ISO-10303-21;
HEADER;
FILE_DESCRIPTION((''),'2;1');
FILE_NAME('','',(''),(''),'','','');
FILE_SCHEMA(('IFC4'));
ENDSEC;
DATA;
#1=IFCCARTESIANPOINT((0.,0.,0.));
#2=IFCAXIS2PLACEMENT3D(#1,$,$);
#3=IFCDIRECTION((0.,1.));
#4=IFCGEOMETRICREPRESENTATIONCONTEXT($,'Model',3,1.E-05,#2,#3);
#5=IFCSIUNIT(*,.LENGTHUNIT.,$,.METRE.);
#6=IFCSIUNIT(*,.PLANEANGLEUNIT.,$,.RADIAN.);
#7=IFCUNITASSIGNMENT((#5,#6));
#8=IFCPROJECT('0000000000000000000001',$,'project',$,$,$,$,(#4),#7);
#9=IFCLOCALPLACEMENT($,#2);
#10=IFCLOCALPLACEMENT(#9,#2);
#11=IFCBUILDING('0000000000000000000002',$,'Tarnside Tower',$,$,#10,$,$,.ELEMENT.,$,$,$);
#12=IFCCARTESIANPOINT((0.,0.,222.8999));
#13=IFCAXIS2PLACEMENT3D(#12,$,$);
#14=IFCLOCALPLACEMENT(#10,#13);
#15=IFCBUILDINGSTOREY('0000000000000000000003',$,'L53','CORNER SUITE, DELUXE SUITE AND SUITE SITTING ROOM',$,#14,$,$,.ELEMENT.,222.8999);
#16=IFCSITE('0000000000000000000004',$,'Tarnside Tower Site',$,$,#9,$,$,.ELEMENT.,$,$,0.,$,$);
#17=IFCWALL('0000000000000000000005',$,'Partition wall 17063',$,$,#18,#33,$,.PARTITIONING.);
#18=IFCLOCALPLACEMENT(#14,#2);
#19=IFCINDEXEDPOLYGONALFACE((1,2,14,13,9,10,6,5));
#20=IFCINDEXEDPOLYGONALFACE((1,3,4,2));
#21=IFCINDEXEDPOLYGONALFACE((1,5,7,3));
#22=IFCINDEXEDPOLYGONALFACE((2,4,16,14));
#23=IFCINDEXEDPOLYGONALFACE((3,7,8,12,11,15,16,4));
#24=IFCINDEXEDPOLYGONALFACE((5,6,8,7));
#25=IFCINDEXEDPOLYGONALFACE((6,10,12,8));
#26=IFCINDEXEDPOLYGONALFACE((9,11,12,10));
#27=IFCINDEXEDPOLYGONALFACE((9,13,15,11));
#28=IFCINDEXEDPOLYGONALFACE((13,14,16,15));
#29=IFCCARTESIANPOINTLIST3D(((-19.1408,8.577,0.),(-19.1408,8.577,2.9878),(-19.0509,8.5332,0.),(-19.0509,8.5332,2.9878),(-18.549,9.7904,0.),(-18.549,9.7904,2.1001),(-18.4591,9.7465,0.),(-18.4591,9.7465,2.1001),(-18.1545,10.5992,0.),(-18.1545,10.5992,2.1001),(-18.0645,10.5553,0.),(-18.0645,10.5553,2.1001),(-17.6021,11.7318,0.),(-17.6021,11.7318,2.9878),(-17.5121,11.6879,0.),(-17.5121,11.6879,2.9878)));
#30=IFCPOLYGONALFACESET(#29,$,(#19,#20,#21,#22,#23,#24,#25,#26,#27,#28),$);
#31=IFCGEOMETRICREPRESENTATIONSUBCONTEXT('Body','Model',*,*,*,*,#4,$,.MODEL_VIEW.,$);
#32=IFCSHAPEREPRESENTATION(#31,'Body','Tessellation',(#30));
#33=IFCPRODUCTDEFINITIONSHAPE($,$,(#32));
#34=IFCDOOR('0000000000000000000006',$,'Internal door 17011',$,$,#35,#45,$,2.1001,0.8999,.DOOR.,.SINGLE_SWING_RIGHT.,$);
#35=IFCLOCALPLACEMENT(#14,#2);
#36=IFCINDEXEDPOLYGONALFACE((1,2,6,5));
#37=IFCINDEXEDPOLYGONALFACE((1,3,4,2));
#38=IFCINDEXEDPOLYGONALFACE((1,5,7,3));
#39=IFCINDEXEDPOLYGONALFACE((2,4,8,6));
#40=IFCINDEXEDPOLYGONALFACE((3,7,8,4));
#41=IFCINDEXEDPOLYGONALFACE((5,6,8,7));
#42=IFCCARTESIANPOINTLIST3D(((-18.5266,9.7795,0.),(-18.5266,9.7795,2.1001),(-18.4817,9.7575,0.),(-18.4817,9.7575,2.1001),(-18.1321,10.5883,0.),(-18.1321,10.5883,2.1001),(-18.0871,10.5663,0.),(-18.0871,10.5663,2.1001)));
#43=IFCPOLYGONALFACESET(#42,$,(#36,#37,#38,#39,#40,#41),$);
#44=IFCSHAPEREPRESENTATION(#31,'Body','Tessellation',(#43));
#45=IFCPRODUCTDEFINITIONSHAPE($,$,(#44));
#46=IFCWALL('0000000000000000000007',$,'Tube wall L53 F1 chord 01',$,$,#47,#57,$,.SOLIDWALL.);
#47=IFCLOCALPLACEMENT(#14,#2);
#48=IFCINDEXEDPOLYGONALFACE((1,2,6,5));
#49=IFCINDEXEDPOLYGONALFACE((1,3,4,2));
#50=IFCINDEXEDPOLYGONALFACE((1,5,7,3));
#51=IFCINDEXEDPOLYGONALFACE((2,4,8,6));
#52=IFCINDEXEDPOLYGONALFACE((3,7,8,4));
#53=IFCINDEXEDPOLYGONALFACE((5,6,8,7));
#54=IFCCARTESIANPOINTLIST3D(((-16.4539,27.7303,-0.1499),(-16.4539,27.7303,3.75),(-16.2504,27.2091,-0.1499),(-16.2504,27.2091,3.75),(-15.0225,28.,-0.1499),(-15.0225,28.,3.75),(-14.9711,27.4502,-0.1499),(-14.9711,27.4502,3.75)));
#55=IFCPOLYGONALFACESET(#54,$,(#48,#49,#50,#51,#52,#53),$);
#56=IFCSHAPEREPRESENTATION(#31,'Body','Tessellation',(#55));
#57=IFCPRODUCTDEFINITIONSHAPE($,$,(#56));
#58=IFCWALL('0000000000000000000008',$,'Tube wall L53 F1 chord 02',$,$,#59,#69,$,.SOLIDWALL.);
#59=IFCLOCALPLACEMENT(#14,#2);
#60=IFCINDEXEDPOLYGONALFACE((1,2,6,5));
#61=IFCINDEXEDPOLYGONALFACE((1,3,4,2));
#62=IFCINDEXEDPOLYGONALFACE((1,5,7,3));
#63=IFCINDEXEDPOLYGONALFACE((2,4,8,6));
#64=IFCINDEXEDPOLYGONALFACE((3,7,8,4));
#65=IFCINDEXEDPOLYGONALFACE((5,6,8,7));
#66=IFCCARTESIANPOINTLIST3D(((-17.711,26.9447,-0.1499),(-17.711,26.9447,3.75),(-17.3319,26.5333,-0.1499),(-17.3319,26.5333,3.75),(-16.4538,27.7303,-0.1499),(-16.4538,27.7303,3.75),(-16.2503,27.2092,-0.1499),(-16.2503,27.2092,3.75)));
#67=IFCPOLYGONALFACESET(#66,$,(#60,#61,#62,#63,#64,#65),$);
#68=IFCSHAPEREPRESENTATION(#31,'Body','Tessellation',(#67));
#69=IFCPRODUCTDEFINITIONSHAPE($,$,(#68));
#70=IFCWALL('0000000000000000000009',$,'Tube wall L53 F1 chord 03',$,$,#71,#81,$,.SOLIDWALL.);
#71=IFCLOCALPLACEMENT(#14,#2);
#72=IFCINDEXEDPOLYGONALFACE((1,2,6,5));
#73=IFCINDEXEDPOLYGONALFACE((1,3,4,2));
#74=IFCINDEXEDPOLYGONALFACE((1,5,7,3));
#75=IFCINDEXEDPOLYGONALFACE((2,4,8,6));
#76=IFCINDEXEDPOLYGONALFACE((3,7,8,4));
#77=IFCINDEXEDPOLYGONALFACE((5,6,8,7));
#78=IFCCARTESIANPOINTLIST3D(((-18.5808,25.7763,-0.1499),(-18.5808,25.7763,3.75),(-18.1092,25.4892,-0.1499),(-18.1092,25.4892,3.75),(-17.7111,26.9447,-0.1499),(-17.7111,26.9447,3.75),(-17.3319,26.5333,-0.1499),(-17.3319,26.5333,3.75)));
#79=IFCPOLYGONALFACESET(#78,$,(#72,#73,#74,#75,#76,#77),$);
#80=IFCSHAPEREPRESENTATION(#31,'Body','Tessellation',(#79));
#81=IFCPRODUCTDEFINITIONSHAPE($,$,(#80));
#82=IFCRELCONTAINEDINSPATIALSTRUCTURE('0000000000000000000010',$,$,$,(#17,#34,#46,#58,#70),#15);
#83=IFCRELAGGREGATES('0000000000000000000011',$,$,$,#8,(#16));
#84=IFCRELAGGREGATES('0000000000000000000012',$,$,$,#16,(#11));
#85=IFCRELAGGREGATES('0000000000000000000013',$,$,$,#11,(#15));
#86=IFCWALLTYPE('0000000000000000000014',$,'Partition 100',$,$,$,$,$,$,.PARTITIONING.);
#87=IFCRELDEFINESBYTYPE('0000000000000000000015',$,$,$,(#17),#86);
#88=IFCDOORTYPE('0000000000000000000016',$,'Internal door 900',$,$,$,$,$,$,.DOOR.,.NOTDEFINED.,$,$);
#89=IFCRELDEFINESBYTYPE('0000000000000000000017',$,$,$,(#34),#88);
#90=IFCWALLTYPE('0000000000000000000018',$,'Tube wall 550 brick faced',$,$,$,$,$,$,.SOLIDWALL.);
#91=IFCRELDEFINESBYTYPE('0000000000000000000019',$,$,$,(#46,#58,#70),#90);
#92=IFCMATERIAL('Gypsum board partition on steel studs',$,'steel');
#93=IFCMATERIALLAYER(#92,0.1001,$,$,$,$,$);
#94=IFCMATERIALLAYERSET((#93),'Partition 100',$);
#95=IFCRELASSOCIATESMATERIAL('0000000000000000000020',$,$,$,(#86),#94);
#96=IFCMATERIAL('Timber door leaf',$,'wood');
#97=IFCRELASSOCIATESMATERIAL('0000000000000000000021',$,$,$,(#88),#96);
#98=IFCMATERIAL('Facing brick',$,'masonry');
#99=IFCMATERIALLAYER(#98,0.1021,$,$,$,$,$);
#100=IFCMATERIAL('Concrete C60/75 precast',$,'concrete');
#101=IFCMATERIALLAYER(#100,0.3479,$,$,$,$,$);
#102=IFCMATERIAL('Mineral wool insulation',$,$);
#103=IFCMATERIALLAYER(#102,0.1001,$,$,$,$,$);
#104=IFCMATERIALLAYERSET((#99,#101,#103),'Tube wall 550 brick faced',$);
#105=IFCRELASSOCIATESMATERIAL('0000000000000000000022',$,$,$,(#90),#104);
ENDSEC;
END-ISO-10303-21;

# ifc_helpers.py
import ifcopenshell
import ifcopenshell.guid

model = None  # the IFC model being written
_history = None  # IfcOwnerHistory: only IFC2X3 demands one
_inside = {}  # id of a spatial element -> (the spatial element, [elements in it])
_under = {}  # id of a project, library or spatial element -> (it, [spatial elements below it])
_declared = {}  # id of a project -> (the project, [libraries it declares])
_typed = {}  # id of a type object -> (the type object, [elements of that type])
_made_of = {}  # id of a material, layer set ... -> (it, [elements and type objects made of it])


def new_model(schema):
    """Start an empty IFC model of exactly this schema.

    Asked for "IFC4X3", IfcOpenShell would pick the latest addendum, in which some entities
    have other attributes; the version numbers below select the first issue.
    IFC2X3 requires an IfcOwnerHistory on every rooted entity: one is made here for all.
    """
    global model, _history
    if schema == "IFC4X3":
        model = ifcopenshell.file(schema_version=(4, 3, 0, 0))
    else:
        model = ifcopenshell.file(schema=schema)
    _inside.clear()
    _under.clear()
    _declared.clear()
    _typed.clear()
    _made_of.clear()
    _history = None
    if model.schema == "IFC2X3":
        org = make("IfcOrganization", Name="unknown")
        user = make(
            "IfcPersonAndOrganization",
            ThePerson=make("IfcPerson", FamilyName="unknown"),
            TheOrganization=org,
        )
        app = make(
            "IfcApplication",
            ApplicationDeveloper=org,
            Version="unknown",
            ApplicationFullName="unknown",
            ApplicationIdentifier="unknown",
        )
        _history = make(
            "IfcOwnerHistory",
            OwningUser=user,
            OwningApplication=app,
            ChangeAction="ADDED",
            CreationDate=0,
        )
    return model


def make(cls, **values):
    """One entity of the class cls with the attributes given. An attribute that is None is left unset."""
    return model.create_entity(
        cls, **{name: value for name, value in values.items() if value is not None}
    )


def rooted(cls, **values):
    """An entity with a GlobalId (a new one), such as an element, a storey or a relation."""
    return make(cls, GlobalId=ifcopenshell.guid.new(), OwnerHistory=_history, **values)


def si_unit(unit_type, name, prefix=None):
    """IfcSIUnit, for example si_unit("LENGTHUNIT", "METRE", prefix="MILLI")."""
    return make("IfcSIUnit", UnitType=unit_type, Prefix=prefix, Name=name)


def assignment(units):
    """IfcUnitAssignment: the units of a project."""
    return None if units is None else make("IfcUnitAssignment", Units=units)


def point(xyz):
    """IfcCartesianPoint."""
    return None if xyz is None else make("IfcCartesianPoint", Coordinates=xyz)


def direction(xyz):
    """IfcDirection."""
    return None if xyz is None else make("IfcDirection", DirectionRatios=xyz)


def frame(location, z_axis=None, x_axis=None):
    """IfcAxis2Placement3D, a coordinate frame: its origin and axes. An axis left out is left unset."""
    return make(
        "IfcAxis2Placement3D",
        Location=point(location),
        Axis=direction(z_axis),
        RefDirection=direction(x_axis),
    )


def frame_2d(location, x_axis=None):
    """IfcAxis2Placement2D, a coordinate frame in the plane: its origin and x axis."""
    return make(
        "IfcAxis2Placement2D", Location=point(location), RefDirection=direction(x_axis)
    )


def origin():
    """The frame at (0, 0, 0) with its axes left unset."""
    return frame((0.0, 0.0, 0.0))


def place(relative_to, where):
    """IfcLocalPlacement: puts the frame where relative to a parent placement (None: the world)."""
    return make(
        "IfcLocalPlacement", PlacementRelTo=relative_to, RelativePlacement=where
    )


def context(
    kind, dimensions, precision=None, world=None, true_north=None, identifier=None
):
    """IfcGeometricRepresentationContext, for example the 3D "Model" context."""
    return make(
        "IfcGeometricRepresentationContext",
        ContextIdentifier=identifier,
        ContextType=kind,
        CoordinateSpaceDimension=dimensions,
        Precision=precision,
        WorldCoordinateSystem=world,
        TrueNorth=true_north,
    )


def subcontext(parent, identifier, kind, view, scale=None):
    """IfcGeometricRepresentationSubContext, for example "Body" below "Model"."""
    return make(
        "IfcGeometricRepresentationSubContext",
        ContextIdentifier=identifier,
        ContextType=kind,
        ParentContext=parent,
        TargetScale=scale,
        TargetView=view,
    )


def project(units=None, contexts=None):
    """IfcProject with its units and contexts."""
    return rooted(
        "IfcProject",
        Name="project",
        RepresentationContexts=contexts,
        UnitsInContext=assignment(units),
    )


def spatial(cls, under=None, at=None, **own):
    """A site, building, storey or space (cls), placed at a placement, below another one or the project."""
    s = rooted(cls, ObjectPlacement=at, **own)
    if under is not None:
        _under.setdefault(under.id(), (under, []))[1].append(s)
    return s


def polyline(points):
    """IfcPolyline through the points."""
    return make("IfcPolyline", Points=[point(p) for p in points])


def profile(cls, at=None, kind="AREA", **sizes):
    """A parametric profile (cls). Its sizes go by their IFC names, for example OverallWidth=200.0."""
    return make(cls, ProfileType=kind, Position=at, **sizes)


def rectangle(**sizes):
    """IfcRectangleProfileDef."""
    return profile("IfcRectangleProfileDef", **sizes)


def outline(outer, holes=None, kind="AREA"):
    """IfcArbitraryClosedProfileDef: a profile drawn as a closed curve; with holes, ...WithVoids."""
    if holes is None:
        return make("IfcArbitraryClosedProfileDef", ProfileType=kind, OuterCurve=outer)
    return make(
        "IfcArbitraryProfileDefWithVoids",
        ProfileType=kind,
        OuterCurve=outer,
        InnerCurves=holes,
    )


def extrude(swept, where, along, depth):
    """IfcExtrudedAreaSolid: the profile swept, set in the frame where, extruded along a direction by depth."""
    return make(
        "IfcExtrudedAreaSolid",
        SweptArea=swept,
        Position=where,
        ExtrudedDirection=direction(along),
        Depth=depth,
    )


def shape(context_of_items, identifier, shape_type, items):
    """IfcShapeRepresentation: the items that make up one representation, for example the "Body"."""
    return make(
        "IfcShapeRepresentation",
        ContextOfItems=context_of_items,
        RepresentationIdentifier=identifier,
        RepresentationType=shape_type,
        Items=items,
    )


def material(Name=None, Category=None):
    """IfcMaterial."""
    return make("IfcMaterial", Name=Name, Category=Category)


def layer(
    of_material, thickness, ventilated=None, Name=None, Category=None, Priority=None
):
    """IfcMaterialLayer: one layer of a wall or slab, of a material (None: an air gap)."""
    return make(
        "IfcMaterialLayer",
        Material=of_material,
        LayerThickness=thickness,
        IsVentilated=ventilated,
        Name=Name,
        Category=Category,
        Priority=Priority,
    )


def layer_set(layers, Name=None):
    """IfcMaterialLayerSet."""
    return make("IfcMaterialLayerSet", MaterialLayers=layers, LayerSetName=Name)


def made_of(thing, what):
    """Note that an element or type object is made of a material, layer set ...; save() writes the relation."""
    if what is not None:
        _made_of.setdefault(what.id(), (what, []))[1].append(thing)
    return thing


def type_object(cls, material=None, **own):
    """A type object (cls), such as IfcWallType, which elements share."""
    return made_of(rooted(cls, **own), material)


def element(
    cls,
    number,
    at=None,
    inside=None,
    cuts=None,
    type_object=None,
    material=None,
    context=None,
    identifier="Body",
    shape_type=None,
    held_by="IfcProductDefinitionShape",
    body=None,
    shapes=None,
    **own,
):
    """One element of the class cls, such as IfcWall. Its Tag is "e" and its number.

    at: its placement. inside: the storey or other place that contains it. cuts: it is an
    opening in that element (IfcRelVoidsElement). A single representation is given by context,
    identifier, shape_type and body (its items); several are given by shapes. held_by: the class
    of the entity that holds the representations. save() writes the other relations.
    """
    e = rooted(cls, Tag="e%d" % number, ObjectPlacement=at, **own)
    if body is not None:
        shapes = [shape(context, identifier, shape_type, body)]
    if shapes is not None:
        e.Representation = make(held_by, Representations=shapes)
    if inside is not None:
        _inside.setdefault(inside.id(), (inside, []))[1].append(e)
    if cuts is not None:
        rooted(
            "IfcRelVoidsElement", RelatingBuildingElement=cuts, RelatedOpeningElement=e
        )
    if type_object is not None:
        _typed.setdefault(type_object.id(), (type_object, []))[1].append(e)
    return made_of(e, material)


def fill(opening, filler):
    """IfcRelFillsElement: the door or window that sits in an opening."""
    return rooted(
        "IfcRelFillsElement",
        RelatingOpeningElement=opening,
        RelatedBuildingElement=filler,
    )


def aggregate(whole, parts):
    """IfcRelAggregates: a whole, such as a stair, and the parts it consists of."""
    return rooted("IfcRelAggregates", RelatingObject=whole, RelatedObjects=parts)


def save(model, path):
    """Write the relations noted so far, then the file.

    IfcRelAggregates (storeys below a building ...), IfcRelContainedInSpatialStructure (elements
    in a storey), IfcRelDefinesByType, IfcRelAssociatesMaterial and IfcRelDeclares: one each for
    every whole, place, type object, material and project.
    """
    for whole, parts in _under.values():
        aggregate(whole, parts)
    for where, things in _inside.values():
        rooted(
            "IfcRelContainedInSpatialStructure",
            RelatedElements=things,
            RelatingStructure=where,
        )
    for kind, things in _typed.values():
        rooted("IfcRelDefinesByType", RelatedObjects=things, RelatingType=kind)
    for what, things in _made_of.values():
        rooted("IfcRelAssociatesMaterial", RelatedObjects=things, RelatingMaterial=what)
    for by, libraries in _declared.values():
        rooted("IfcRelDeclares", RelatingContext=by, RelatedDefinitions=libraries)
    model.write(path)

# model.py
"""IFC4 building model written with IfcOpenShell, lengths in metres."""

from ifc_helpers import new_model, si_unit, direction, frame, frame_2d, origin, place, context, subcontext, project, spatial, polyline, rectangle, outline, extrude, material, layer, layer_set, type_object, element, fill, save


model = new_model("IFC4")

# Units and contexts
model_context = context("Model", 3, precision=1e-05, world=origin(), true_north=direction((0.0, 1.0)))
body_context = subcontext(model_context, "Body", "Model", "MODEL_VIEW")
ifc_project = project(units=[si_unit("LENGTHUNIT", "METRE"), si_unit("PLANEANGLEUNIT", "RADIAN")], contexts=[model_context])

# Site, building, storey
site_placement = place(None, origin())
site = spatial("IfcSite", under=ifc_project, at=site_placement, Name="Tarnside Tower Site", CompositionType="ELEMENT", RefElevation=0.0)
building_placement = place(site_placement, origin())
building = spatial("IfcBuilding", under=site, at=building_placement, Name="Tarnside Tower", CompositionType="ELEMENT")
storey_placement = place(building_placement, frame((0.0, 0.0, 222.8999)))
storey = spatial("IfcBuildingStorey", under=building, at=storey_placement, Name="L53", Description="CORNER SUITE, DELUXE SUITE AND SUITE SITTING ROOM", CompositionType="ELEMENT", Elevation=222.8999)

# Shared definitions
ifc_material_1 = material(Name="Gypsum board partition on steel studs", Category="steel")
ifc_material_2 = material(Name="Timber door leaf", Category="wood")

# Wall, opening, door
ifc_layer_1 = layer(ifc_material_1, 0.1001)
ifc_layer_set_1 = layer_set([ifc_layer_1], Name="Partition 100")
wall_type_1 = type_object("IfcWallType", Name="Partition 100", PredefinedType="PARTITIONING", material=ifc_layer_set_1)
wall_1_placement = place(storey_placement, frame((-17.5571, 11.7097, 0.0), z_axis=(0.0, 0.0, 1.0), x_axis=(-0.4384, -0.89878, 0.0)))
wall_1 = element("IfcWall", 1, at=wall_1_placement, inside=storey, type_object=wall_type_1, Name="Partition wall 17063", PredefinedType="PARTITIONING", context=body_context, shape_type="SweptSolid", body=[
    extrude(rectangle(XDim=3.51, YDim=0.1001, at=frame_2d((1.7549, 0.0))), origin(), (0.0, 0.0, 1.0), 2.9878),
])
opening_1_placement = place(wall_1_placement, frame((1.26, 0.0, 0.0)))
opening_1 = element("IfcOpeningElement", 2, at=opening_1_placement, cuts=wall_1, PredefinedType="OPENING", context=body_context, shape_type="SweptSolid", body=[
    extrude(rectangle(XDim=0.8999, YDim=2.1001, at=frame_2d((0.45, 1.05))), frame((0.0, 0.0601, 0.0), z_axis=(0.0, -1.0, 0.0), x_axis=(1.0, 0.0, 0.0)), (0.0, 0.0, 1.0), 0.1201),
])
door_type_1 = type_object("IfcDoorType", Name="Internal door 900", OperationType="NOTDEFINED", PredefinedType="DOOR", material=ifc_material_2)
door_1_placement = place(opening_1_placement, origin())
door_1 = element("IfcDoor", 3, at=door_1_placement, inside=storey, type_object=door_type_1, Name="Internal door 17011", OperationType="SINGLE_SWING_RIGHT", OverallHeight=2.1001, OverallWidth=0.8999, PredefinedType="DOOR", context=body_context, shape_type="SweptSolid", body=[
    extrude(rectangle(XDim=0.8999, YDim=2.1001, at=frame_2d((0.45, 1.05))), frame((0.0, 0.0249, 0.0), z_axis=(0.0, -1.0, 0.0), x_axis=(1.0, 0.0, 0.0)), (0.0, 0.0, 1.0), 0.05),
])
fill(opening_1, door_1)

# Walls
ifc_material_3 = material(Name="Facing brick", Category="masonry")
ifc_layer_2 = layer(ifc_material_3, 0.1021)
ifc_material_4 = material(Name="Concrete C60/75 precast", Category="concrete")
ifc_layer_3 = layer(ifc_material_4, 0.3479)
ifc_material_5 = material(Name="Mineral wool insulation")
ifc_layer_4 = layer(ifc_material_5, 0.1001)
ifc_layer_set_2 = layer_set([ifc_layer_2, ifc_layer_3, ifc_layer_4], Name="Tube wall 550 brick faced")
wall_type_2 = type_object("IfcWallType", Name="Tube wall 550 brick faced", PredefinedType="SOLIDWALL", material=ifc_layer_set_2)
wall_2_placement = place(storey_placement, frame((-14.9968, 27.7251, -0.1499), z_axis=(0.0, 0.0, 1.0), x_axis=(-0.982705, -0.185176, 0.0)))
element("IfcWall", 4, at=wall_2_placement, inside=storey, type_object=wall_type_2, Name="Tube wall L53 F1 chord 01", PredefinedType="SOLIDWALL", context=body_context, shape_type="SweptSolid", body=[
    extrude(outline(polyline([(-0.0256, -0.2749), (1.4309, -0.2749), (1.3274, 0.2749), (0.0256, 0.2749), (-0.0256, -0.2749)])), origin(), (0.0, 0.0, 1.0), 3.8999),
])
wall_3_placement = place(storey_placement, frame((-16.3521, 27.4697, -0.1499), z_axis=(0.0, 0.0, 1.0), x_axis=(-0.848058, -0.529903, 0.0)))
element("IfcWall", 5, at=wall_3_placement, inside=storey, type_object=wall_type_2, Name="Tube wall L53 F1 chord 02", PredefinedType="SOLIDWALL", context=body_context, shape_type="SweptSolid", body=[
    extrude(outline(polyline([(-0.0518, -0.2749), (1.4307, -0.2749), (1.3271, 0.2749), (0.0518, 0.2749), (-0.0518, -0.2749)])), origin(), (0.0, 0.0, 1.0), 3.8999),
])
wall_4_placement = place(storey_placement, frame((-17.5215, 26.739, -0.1499), z_axis=(0.0, 0.0, 1.0), x_axis=(-0.597135, -0.802141, 0.0)))
element("IfcWall", 6, at=wall_4_placement, inside=storey, type_object=wall_type_2, Name="Tube wall L53 F1 chord 03", PredefinedType="SOLIDWALL", context=body_context, shape_type="SweptSolid", body=[
    extrude(outline(polyline([(-0.0518, -0.2749), (1.4048, -0.2749), (1.3535, 0.2749), (0.0518, 0.2749), (-0.0518, -0.2749)])), origin(), (0.0, 0.0, 1.0), 3.8999),
])

save(model, "model.ifc")
